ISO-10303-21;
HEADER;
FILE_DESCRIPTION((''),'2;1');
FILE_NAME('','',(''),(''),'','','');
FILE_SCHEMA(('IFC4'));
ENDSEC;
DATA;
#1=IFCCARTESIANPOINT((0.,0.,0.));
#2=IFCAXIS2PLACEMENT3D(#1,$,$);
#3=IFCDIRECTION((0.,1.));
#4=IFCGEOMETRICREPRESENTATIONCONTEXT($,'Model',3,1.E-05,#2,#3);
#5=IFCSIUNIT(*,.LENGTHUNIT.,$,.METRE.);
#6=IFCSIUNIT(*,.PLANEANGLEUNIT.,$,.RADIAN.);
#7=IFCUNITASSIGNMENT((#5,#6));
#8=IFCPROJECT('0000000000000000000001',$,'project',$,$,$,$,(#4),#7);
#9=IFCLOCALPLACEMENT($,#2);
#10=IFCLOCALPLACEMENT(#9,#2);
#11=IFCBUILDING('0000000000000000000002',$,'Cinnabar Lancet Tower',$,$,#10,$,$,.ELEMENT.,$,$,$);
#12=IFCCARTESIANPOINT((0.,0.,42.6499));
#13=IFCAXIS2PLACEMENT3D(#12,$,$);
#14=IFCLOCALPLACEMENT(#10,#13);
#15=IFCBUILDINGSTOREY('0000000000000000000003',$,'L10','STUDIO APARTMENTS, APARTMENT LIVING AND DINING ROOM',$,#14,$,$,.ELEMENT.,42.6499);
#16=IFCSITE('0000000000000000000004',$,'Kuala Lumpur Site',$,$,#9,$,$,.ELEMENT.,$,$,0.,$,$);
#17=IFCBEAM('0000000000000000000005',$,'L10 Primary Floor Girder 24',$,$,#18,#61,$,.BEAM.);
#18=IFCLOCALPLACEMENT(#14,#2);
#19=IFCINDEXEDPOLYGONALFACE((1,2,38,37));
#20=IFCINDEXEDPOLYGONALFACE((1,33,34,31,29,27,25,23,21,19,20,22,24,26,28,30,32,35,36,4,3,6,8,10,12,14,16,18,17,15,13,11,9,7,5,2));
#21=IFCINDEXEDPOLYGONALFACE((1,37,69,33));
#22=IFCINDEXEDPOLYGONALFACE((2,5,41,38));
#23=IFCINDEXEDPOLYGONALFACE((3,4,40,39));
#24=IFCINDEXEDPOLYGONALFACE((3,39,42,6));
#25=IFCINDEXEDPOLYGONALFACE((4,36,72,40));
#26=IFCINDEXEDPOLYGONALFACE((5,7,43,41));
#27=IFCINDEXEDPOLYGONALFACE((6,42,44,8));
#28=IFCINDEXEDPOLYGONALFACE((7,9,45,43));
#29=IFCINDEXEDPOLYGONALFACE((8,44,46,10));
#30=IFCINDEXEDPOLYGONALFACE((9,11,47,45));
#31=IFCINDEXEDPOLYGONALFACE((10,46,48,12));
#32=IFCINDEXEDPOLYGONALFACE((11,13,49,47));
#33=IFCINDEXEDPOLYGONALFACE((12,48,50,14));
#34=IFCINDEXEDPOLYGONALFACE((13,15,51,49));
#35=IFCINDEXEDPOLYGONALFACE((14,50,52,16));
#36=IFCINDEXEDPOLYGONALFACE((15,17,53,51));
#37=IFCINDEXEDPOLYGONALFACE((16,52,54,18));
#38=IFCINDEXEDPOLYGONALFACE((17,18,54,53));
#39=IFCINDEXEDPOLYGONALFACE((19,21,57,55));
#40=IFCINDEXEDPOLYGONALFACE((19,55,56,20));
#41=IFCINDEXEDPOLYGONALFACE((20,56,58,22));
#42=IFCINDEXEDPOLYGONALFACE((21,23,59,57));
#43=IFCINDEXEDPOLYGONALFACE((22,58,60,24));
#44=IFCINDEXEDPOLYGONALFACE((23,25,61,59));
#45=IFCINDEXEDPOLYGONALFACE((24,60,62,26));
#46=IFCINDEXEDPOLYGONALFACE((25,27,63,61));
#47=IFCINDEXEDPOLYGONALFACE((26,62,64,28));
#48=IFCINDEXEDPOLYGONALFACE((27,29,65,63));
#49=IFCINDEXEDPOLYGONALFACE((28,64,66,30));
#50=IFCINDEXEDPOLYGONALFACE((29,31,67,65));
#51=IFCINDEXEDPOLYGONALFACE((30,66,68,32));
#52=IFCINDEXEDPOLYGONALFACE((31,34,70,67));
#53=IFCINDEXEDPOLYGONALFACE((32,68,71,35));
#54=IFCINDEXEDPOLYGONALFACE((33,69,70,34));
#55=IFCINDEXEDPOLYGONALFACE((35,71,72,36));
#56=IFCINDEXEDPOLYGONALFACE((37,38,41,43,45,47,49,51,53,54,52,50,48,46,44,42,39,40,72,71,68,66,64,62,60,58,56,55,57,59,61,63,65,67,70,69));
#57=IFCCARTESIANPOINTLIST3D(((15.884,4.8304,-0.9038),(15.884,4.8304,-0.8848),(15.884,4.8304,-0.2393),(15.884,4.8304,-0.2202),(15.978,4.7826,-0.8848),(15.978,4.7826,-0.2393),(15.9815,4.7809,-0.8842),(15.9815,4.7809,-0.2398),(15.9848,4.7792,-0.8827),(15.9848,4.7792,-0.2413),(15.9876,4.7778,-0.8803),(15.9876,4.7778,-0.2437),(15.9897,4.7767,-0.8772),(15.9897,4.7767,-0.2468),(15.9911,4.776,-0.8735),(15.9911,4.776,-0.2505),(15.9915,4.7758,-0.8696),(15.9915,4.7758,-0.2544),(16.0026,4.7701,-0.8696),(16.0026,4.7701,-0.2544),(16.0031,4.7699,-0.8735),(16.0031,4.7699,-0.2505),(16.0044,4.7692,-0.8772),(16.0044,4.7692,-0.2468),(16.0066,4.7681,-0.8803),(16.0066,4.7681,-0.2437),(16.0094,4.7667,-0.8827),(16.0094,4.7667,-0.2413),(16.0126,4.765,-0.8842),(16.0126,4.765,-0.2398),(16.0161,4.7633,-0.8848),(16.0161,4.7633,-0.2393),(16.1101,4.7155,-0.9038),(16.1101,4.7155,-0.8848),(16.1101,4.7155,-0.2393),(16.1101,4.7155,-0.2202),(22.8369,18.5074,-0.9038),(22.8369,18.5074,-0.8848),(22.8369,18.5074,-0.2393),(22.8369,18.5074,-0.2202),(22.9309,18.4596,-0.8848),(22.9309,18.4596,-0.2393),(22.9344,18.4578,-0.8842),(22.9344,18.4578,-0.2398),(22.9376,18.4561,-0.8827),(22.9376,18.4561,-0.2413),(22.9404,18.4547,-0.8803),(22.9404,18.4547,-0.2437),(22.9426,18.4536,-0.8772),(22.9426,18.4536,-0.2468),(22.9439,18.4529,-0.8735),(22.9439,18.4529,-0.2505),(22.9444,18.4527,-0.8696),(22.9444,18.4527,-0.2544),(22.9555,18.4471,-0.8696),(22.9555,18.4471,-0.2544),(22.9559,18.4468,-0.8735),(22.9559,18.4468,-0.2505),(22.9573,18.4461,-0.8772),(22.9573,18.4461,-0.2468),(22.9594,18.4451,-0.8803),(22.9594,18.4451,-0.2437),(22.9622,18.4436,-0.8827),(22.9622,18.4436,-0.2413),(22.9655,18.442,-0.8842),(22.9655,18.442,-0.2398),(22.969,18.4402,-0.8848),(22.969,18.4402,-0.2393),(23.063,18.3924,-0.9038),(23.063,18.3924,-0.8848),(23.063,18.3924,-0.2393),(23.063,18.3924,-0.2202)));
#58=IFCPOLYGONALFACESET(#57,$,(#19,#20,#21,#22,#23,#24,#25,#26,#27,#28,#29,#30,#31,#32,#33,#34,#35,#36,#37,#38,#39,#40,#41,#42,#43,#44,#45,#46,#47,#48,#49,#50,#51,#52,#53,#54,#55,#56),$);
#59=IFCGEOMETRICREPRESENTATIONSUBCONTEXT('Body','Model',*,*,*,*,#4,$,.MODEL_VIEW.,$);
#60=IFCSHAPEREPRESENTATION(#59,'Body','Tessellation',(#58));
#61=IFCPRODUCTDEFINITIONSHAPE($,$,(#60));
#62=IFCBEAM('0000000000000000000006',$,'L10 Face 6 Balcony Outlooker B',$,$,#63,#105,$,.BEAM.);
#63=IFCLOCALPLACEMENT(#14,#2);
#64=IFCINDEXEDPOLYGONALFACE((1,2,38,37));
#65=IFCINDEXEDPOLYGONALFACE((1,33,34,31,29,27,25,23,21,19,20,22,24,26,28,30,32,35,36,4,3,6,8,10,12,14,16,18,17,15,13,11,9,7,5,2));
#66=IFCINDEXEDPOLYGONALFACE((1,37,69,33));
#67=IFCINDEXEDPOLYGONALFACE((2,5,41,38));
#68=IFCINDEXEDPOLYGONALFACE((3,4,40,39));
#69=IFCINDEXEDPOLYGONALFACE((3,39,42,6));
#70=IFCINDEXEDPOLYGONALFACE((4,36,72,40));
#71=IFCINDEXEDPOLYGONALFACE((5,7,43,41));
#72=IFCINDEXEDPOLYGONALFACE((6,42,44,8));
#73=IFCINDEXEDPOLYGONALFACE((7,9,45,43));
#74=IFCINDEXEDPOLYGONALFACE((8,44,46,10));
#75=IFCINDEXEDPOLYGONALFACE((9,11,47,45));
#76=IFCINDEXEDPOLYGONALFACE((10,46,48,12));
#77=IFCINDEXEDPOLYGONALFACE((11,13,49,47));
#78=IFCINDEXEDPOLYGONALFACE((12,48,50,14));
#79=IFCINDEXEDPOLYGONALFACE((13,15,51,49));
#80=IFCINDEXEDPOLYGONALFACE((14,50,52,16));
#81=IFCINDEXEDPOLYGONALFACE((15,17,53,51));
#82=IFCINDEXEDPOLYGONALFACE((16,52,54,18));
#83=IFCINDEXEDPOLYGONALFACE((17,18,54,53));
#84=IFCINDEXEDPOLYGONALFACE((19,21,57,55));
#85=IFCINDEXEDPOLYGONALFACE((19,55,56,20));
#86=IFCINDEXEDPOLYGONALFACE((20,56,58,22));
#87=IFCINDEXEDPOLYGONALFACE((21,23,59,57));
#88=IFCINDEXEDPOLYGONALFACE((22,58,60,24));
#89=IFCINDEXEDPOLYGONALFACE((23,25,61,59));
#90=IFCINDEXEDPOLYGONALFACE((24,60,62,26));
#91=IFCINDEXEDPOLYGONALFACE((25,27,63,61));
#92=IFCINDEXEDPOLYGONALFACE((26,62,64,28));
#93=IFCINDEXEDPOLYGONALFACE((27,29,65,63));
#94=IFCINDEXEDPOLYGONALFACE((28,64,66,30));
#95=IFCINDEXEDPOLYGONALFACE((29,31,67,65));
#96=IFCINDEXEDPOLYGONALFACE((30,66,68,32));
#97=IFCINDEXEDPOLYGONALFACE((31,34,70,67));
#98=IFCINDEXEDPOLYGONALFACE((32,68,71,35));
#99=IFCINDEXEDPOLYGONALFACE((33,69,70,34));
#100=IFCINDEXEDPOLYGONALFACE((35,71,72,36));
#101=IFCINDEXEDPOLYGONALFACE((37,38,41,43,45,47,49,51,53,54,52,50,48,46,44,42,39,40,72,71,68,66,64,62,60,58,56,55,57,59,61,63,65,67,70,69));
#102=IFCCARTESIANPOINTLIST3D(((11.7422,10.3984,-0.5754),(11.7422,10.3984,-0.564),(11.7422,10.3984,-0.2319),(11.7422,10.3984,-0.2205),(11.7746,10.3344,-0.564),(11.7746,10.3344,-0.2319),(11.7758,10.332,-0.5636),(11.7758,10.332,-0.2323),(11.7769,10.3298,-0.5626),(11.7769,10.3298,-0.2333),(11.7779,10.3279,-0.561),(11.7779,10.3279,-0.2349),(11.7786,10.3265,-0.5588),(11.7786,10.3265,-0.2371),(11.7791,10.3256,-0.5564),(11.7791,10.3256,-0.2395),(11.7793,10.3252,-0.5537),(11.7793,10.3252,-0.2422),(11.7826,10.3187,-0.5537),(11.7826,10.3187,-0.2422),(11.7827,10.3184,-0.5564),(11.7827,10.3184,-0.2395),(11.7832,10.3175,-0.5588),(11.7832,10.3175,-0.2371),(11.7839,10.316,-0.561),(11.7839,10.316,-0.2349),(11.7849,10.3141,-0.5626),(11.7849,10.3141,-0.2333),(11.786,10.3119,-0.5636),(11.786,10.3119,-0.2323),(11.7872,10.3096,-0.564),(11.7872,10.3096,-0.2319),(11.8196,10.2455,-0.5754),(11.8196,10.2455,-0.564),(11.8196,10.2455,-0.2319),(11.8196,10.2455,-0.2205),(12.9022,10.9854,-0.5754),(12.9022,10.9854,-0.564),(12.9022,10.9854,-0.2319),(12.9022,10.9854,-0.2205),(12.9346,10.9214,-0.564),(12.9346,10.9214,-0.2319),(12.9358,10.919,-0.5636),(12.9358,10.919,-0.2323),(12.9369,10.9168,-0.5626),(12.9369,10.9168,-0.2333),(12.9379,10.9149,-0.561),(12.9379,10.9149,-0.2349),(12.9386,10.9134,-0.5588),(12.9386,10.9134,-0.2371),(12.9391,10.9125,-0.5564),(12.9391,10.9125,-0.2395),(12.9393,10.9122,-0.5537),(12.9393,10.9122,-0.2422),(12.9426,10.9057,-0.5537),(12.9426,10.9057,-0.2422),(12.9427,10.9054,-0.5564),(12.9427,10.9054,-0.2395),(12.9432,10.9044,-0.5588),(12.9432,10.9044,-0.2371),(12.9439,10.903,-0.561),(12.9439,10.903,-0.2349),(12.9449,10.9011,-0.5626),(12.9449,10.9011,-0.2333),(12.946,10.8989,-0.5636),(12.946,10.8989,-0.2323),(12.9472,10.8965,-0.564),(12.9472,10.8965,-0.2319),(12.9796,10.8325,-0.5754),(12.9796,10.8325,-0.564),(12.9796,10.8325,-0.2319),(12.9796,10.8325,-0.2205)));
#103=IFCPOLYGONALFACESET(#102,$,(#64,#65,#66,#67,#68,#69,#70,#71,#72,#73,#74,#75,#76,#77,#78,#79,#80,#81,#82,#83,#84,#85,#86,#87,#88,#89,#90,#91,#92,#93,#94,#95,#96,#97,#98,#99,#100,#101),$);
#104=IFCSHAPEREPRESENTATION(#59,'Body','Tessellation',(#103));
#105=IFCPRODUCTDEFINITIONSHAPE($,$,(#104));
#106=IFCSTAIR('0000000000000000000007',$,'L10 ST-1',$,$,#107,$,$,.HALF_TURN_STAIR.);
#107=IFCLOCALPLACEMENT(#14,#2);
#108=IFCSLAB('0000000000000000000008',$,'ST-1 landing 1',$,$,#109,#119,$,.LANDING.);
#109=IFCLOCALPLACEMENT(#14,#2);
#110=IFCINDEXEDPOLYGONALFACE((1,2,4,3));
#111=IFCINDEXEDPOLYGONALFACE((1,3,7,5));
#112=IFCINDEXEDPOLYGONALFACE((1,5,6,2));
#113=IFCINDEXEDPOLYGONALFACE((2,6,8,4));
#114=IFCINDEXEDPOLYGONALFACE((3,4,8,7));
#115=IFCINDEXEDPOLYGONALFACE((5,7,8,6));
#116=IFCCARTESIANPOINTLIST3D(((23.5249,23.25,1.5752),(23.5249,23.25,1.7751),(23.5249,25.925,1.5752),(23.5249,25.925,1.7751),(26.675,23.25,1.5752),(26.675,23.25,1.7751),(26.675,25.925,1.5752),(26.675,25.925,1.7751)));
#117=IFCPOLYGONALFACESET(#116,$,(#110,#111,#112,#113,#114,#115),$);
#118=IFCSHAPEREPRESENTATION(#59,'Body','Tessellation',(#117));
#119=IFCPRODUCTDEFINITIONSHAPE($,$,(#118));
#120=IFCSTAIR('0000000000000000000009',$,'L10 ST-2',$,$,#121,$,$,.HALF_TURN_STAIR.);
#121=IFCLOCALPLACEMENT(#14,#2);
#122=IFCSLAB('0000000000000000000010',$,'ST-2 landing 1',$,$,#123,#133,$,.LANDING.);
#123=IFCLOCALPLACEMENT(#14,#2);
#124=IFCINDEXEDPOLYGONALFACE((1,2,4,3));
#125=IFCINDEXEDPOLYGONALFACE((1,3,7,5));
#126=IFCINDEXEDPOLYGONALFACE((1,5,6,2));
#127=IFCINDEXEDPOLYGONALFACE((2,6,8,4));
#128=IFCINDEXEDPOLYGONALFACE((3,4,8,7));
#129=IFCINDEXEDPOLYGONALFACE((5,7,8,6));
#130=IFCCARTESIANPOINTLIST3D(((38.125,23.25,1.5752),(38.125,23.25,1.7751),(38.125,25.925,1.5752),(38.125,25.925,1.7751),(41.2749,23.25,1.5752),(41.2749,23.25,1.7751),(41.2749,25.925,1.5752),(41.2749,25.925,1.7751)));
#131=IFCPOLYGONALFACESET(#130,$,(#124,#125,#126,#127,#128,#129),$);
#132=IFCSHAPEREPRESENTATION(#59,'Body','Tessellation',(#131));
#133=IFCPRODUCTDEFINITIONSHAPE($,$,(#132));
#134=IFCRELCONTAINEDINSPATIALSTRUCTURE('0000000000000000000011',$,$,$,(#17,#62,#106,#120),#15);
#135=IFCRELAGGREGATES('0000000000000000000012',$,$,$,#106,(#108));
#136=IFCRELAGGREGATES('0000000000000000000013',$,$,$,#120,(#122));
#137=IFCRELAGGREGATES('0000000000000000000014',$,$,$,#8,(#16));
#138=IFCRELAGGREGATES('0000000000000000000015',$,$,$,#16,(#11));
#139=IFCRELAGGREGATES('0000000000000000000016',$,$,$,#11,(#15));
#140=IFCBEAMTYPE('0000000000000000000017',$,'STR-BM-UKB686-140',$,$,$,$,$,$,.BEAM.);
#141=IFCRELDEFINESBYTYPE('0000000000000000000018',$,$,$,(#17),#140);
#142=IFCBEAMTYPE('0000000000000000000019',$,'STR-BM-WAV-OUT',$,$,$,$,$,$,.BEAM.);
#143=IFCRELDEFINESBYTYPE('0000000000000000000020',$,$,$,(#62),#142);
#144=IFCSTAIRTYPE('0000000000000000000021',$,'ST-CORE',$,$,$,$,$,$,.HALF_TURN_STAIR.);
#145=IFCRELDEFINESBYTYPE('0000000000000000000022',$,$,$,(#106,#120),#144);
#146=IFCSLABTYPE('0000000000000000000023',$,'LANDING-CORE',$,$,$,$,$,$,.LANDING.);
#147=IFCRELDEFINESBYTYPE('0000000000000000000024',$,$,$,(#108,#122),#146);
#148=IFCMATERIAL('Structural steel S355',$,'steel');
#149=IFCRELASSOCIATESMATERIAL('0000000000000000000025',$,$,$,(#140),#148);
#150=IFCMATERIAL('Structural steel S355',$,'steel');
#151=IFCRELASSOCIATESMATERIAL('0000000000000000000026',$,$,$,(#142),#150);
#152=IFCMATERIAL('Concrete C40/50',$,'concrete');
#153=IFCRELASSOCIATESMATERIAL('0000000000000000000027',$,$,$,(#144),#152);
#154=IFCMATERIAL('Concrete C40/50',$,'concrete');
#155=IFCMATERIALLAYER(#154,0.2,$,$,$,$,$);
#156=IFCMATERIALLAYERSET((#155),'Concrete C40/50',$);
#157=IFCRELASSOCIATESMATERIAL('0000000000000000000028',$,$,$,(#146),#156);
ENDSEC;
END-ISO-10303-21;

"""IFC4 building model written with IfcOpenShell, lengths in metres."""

from ifc_helpers import new_model, si_unit, direction, frame, origin, origin_2d, place, context, subcontext, project, spatial, polyline, i_section, outline, extrude, material, layer, layer_set, material_profile, profile_set, type_object, element, aggregate, save


model = new_model("IFC4")

# Units and contexts
model_context = context("Model", 3, precision=1e-05, world=origin(), true_north=direction((0.0, 1.0)))
body_context = subcontext(model_context, "Body", "Model", "MODEL_VIEW")
ifc_project = project(units=[si_unit("LENGTHUNIT", "METRE"), si_unit("PLANEANGLEUNIT", "RADIAN")], contexts=[model_context])

# Site, building, storey
site_placement = place(None, origin())
site = spatial("IfcSite", under=ifc_project, at=site_placement, Name="Kuala Lumpur Site", CompositionType="ELEMENT", RefElevation=0.0)
building_placement = place(site_placement, origin())
building = spatial("IfcBuilding", under=site, at=building_placement, Name="Cinnabar Lancet Tower", CompositionType="ELEMENT")
storey_placement = place(building_placement, frame((0.0, 0.0, 42.6499)))
storey = spatial("IfcBuildingStorey", under=building, at=storey_placement, Name="L10", Description="STUDIO APARTMENTS, APARTMENT LIVING AND DINING ROOM", CompositionType="ELEMENT", Elevation=42.6499)

# Beams
ifc_material_1 = material(Name="Structural steel S355", Category="steel")
ifc_material_profile_1 = material_profile(ifc_material_1, i_section(OverallWidth=0.2537, OverallDepth=0.6836, WebThickness=0.0125, FlangeThickness=0.019, FilletRadius=0.0151, at=origin_2d()), Name="UKB 686x254x140")
ifc_profile_set_1 = profile_set([ifc_material_profile_1], Name="Structural steel S355")
beam_type_1 = type_object("IfcBeamType", Name="STR-BM-UKB686-140", PredefinedType="BEAM", material=ifc_profile_set_1)
beam_1_placement = place(storey_placement, frame((15.9971, 4.7729, -0.562), z_axis=(0.453168, 0.891425, 0.0), x_axis=(-0.891425, 0.453168, 0.0)))
element("IfcBeam", 1, at=beam_1_placement, inside=storey, type_object=beam_type_1, Name="L10 Primary Floor Girder 24", PredefinedType="BEAM", context=body_context, shape_type="SweptSolid", body=[
    extrude(i_section(OverallWidth=0.2537, OverallDepth=0.6836, WebThickness=0.0125, FlangeThickness=0.019, FilletRadius=0.0151, at=origin_2d()), origin(), (0.0, 0.0, 1.0), 15.3428),
])
ifc_material_2 = material(Name="Structural steel S355", Category="steel")
ifc_material_profile_2 = material_profile(ifc_material_2, i_section(OverallWidth=0.1714, OverallDepth=0.355, WebThickness=0.0073, FlangeThickness=0.0115, FilletRadius=0.0103, at=origin_2d()), Name="UKB 356x171x51")
ifc_profile_set_2 = profile_set([ifc_material_profile_2], Name="Structural steel S355")
beam_type_2 = type_object("IfcBeamType", Name="STR-BM-WAV-OUT", PredefinedType="BEAM", material=ifc_profile_set_2)
beam_2_placement = place(storey_placement, frame((12.9409, 10.9089, -0.3979), z_axis=(-0.892276, -0.45149, 0.0), x_axis=(0.45149, -0.892276, 0.0)))
element("IfcBeam", 2, at=beam_2_placement, inside=storey, type_object=beam_type_2, Name="L10 Face 6 Balcony Outlooker B", PredefinedType="BEAM", context=body_context, shape_type="SweptSolid", body=[
    extrude(i_section(OverallWidth=0.1714, OverallDepth=0.355, WebThickness=0.0073, FlangeThickness=0.0115, FilletRadius=0.0103, at=origin_2d()), origin(), (0.0, 0.0, 1.0), 1.3),
])

# Stairs, slabs
ifc_material_3 = material(Name="Concrete C40/50", Category="concrete")
stair_type = type_object("IfcStairType", Name="ST-CORE", PredefinedType="HALF_TURN_STAIR", material=ifc_material_3)
stair_1_placement = place(storey_placement, origin())
stair_1 = element("IfcStair", 3, at=stair_1_placement, inside=storey, type_object=stair_type, Name="L10 ST-1", PredefinedType="HALF_TURN_STAIR")
ifc_material_4 = material(Name="Concrete C40/50", Category="concrete")
ifc_layer_1 = layer(ifc_material_4, 0.2)
ifc_layer_set_1 = layer_set([ifc_layer_1], Name="Concrete C40/50")
slab_type_1 = type_object("IfcSlabType", Name="LANDING-CORE", PredefinedType="LANDING", material=ifc_layer_set_1)
slab_1_placement = place(storey_placement, frame((0.0, 0.0, 1.5752)))
slab_1 = element("IfcSlab", 4, at=slab_1_placement, type_object=slab_type_1, Name="ST-1 landing 1", PredefinedType="LANDING", context=body_context, shape_type="SweptSolid", body=[
    extrude(outline(polyline([(23.5249, 25.925), (23.5249, 23.25), (26.675, 23.25), (26.675, 25.925), (23.5249, 25.925)])), origin(), (0.0, 0.0, 1.0), 0.2),
])
aggregate(stair_1, [slab_1])
stair_2_placement = place(storey_placement, origin())
stair_2 = element("IfcStair", 5, at=stair_2_placement, inside=storey, type_object=stair_type, Name="L10 ST-2", PredefinedType="HALF_TURN_STAIR")
slab_2_placement = place(storey_placement, frame((0.0, 0.0, 1.5752)))
slab_2 = element("IfcSlab", 6, at=slab_2_placement, type_object=slab_type_1, Name="ST-2 landing 1", PredefinedType="LANDING", context=body_context, shape_type="SweptSolid", body=[
    extrude(outline(polyline([(38.125, 25.925), (38.125, 23.25), (41.2749, 23.25), (41.2749, 25.925), (38.125, 25.925)])), origin(), (0.0, 0.0, 1.0), 0.2),
])
aggregate(stair_2, [slab_2])

save(model, "model.ifc")
